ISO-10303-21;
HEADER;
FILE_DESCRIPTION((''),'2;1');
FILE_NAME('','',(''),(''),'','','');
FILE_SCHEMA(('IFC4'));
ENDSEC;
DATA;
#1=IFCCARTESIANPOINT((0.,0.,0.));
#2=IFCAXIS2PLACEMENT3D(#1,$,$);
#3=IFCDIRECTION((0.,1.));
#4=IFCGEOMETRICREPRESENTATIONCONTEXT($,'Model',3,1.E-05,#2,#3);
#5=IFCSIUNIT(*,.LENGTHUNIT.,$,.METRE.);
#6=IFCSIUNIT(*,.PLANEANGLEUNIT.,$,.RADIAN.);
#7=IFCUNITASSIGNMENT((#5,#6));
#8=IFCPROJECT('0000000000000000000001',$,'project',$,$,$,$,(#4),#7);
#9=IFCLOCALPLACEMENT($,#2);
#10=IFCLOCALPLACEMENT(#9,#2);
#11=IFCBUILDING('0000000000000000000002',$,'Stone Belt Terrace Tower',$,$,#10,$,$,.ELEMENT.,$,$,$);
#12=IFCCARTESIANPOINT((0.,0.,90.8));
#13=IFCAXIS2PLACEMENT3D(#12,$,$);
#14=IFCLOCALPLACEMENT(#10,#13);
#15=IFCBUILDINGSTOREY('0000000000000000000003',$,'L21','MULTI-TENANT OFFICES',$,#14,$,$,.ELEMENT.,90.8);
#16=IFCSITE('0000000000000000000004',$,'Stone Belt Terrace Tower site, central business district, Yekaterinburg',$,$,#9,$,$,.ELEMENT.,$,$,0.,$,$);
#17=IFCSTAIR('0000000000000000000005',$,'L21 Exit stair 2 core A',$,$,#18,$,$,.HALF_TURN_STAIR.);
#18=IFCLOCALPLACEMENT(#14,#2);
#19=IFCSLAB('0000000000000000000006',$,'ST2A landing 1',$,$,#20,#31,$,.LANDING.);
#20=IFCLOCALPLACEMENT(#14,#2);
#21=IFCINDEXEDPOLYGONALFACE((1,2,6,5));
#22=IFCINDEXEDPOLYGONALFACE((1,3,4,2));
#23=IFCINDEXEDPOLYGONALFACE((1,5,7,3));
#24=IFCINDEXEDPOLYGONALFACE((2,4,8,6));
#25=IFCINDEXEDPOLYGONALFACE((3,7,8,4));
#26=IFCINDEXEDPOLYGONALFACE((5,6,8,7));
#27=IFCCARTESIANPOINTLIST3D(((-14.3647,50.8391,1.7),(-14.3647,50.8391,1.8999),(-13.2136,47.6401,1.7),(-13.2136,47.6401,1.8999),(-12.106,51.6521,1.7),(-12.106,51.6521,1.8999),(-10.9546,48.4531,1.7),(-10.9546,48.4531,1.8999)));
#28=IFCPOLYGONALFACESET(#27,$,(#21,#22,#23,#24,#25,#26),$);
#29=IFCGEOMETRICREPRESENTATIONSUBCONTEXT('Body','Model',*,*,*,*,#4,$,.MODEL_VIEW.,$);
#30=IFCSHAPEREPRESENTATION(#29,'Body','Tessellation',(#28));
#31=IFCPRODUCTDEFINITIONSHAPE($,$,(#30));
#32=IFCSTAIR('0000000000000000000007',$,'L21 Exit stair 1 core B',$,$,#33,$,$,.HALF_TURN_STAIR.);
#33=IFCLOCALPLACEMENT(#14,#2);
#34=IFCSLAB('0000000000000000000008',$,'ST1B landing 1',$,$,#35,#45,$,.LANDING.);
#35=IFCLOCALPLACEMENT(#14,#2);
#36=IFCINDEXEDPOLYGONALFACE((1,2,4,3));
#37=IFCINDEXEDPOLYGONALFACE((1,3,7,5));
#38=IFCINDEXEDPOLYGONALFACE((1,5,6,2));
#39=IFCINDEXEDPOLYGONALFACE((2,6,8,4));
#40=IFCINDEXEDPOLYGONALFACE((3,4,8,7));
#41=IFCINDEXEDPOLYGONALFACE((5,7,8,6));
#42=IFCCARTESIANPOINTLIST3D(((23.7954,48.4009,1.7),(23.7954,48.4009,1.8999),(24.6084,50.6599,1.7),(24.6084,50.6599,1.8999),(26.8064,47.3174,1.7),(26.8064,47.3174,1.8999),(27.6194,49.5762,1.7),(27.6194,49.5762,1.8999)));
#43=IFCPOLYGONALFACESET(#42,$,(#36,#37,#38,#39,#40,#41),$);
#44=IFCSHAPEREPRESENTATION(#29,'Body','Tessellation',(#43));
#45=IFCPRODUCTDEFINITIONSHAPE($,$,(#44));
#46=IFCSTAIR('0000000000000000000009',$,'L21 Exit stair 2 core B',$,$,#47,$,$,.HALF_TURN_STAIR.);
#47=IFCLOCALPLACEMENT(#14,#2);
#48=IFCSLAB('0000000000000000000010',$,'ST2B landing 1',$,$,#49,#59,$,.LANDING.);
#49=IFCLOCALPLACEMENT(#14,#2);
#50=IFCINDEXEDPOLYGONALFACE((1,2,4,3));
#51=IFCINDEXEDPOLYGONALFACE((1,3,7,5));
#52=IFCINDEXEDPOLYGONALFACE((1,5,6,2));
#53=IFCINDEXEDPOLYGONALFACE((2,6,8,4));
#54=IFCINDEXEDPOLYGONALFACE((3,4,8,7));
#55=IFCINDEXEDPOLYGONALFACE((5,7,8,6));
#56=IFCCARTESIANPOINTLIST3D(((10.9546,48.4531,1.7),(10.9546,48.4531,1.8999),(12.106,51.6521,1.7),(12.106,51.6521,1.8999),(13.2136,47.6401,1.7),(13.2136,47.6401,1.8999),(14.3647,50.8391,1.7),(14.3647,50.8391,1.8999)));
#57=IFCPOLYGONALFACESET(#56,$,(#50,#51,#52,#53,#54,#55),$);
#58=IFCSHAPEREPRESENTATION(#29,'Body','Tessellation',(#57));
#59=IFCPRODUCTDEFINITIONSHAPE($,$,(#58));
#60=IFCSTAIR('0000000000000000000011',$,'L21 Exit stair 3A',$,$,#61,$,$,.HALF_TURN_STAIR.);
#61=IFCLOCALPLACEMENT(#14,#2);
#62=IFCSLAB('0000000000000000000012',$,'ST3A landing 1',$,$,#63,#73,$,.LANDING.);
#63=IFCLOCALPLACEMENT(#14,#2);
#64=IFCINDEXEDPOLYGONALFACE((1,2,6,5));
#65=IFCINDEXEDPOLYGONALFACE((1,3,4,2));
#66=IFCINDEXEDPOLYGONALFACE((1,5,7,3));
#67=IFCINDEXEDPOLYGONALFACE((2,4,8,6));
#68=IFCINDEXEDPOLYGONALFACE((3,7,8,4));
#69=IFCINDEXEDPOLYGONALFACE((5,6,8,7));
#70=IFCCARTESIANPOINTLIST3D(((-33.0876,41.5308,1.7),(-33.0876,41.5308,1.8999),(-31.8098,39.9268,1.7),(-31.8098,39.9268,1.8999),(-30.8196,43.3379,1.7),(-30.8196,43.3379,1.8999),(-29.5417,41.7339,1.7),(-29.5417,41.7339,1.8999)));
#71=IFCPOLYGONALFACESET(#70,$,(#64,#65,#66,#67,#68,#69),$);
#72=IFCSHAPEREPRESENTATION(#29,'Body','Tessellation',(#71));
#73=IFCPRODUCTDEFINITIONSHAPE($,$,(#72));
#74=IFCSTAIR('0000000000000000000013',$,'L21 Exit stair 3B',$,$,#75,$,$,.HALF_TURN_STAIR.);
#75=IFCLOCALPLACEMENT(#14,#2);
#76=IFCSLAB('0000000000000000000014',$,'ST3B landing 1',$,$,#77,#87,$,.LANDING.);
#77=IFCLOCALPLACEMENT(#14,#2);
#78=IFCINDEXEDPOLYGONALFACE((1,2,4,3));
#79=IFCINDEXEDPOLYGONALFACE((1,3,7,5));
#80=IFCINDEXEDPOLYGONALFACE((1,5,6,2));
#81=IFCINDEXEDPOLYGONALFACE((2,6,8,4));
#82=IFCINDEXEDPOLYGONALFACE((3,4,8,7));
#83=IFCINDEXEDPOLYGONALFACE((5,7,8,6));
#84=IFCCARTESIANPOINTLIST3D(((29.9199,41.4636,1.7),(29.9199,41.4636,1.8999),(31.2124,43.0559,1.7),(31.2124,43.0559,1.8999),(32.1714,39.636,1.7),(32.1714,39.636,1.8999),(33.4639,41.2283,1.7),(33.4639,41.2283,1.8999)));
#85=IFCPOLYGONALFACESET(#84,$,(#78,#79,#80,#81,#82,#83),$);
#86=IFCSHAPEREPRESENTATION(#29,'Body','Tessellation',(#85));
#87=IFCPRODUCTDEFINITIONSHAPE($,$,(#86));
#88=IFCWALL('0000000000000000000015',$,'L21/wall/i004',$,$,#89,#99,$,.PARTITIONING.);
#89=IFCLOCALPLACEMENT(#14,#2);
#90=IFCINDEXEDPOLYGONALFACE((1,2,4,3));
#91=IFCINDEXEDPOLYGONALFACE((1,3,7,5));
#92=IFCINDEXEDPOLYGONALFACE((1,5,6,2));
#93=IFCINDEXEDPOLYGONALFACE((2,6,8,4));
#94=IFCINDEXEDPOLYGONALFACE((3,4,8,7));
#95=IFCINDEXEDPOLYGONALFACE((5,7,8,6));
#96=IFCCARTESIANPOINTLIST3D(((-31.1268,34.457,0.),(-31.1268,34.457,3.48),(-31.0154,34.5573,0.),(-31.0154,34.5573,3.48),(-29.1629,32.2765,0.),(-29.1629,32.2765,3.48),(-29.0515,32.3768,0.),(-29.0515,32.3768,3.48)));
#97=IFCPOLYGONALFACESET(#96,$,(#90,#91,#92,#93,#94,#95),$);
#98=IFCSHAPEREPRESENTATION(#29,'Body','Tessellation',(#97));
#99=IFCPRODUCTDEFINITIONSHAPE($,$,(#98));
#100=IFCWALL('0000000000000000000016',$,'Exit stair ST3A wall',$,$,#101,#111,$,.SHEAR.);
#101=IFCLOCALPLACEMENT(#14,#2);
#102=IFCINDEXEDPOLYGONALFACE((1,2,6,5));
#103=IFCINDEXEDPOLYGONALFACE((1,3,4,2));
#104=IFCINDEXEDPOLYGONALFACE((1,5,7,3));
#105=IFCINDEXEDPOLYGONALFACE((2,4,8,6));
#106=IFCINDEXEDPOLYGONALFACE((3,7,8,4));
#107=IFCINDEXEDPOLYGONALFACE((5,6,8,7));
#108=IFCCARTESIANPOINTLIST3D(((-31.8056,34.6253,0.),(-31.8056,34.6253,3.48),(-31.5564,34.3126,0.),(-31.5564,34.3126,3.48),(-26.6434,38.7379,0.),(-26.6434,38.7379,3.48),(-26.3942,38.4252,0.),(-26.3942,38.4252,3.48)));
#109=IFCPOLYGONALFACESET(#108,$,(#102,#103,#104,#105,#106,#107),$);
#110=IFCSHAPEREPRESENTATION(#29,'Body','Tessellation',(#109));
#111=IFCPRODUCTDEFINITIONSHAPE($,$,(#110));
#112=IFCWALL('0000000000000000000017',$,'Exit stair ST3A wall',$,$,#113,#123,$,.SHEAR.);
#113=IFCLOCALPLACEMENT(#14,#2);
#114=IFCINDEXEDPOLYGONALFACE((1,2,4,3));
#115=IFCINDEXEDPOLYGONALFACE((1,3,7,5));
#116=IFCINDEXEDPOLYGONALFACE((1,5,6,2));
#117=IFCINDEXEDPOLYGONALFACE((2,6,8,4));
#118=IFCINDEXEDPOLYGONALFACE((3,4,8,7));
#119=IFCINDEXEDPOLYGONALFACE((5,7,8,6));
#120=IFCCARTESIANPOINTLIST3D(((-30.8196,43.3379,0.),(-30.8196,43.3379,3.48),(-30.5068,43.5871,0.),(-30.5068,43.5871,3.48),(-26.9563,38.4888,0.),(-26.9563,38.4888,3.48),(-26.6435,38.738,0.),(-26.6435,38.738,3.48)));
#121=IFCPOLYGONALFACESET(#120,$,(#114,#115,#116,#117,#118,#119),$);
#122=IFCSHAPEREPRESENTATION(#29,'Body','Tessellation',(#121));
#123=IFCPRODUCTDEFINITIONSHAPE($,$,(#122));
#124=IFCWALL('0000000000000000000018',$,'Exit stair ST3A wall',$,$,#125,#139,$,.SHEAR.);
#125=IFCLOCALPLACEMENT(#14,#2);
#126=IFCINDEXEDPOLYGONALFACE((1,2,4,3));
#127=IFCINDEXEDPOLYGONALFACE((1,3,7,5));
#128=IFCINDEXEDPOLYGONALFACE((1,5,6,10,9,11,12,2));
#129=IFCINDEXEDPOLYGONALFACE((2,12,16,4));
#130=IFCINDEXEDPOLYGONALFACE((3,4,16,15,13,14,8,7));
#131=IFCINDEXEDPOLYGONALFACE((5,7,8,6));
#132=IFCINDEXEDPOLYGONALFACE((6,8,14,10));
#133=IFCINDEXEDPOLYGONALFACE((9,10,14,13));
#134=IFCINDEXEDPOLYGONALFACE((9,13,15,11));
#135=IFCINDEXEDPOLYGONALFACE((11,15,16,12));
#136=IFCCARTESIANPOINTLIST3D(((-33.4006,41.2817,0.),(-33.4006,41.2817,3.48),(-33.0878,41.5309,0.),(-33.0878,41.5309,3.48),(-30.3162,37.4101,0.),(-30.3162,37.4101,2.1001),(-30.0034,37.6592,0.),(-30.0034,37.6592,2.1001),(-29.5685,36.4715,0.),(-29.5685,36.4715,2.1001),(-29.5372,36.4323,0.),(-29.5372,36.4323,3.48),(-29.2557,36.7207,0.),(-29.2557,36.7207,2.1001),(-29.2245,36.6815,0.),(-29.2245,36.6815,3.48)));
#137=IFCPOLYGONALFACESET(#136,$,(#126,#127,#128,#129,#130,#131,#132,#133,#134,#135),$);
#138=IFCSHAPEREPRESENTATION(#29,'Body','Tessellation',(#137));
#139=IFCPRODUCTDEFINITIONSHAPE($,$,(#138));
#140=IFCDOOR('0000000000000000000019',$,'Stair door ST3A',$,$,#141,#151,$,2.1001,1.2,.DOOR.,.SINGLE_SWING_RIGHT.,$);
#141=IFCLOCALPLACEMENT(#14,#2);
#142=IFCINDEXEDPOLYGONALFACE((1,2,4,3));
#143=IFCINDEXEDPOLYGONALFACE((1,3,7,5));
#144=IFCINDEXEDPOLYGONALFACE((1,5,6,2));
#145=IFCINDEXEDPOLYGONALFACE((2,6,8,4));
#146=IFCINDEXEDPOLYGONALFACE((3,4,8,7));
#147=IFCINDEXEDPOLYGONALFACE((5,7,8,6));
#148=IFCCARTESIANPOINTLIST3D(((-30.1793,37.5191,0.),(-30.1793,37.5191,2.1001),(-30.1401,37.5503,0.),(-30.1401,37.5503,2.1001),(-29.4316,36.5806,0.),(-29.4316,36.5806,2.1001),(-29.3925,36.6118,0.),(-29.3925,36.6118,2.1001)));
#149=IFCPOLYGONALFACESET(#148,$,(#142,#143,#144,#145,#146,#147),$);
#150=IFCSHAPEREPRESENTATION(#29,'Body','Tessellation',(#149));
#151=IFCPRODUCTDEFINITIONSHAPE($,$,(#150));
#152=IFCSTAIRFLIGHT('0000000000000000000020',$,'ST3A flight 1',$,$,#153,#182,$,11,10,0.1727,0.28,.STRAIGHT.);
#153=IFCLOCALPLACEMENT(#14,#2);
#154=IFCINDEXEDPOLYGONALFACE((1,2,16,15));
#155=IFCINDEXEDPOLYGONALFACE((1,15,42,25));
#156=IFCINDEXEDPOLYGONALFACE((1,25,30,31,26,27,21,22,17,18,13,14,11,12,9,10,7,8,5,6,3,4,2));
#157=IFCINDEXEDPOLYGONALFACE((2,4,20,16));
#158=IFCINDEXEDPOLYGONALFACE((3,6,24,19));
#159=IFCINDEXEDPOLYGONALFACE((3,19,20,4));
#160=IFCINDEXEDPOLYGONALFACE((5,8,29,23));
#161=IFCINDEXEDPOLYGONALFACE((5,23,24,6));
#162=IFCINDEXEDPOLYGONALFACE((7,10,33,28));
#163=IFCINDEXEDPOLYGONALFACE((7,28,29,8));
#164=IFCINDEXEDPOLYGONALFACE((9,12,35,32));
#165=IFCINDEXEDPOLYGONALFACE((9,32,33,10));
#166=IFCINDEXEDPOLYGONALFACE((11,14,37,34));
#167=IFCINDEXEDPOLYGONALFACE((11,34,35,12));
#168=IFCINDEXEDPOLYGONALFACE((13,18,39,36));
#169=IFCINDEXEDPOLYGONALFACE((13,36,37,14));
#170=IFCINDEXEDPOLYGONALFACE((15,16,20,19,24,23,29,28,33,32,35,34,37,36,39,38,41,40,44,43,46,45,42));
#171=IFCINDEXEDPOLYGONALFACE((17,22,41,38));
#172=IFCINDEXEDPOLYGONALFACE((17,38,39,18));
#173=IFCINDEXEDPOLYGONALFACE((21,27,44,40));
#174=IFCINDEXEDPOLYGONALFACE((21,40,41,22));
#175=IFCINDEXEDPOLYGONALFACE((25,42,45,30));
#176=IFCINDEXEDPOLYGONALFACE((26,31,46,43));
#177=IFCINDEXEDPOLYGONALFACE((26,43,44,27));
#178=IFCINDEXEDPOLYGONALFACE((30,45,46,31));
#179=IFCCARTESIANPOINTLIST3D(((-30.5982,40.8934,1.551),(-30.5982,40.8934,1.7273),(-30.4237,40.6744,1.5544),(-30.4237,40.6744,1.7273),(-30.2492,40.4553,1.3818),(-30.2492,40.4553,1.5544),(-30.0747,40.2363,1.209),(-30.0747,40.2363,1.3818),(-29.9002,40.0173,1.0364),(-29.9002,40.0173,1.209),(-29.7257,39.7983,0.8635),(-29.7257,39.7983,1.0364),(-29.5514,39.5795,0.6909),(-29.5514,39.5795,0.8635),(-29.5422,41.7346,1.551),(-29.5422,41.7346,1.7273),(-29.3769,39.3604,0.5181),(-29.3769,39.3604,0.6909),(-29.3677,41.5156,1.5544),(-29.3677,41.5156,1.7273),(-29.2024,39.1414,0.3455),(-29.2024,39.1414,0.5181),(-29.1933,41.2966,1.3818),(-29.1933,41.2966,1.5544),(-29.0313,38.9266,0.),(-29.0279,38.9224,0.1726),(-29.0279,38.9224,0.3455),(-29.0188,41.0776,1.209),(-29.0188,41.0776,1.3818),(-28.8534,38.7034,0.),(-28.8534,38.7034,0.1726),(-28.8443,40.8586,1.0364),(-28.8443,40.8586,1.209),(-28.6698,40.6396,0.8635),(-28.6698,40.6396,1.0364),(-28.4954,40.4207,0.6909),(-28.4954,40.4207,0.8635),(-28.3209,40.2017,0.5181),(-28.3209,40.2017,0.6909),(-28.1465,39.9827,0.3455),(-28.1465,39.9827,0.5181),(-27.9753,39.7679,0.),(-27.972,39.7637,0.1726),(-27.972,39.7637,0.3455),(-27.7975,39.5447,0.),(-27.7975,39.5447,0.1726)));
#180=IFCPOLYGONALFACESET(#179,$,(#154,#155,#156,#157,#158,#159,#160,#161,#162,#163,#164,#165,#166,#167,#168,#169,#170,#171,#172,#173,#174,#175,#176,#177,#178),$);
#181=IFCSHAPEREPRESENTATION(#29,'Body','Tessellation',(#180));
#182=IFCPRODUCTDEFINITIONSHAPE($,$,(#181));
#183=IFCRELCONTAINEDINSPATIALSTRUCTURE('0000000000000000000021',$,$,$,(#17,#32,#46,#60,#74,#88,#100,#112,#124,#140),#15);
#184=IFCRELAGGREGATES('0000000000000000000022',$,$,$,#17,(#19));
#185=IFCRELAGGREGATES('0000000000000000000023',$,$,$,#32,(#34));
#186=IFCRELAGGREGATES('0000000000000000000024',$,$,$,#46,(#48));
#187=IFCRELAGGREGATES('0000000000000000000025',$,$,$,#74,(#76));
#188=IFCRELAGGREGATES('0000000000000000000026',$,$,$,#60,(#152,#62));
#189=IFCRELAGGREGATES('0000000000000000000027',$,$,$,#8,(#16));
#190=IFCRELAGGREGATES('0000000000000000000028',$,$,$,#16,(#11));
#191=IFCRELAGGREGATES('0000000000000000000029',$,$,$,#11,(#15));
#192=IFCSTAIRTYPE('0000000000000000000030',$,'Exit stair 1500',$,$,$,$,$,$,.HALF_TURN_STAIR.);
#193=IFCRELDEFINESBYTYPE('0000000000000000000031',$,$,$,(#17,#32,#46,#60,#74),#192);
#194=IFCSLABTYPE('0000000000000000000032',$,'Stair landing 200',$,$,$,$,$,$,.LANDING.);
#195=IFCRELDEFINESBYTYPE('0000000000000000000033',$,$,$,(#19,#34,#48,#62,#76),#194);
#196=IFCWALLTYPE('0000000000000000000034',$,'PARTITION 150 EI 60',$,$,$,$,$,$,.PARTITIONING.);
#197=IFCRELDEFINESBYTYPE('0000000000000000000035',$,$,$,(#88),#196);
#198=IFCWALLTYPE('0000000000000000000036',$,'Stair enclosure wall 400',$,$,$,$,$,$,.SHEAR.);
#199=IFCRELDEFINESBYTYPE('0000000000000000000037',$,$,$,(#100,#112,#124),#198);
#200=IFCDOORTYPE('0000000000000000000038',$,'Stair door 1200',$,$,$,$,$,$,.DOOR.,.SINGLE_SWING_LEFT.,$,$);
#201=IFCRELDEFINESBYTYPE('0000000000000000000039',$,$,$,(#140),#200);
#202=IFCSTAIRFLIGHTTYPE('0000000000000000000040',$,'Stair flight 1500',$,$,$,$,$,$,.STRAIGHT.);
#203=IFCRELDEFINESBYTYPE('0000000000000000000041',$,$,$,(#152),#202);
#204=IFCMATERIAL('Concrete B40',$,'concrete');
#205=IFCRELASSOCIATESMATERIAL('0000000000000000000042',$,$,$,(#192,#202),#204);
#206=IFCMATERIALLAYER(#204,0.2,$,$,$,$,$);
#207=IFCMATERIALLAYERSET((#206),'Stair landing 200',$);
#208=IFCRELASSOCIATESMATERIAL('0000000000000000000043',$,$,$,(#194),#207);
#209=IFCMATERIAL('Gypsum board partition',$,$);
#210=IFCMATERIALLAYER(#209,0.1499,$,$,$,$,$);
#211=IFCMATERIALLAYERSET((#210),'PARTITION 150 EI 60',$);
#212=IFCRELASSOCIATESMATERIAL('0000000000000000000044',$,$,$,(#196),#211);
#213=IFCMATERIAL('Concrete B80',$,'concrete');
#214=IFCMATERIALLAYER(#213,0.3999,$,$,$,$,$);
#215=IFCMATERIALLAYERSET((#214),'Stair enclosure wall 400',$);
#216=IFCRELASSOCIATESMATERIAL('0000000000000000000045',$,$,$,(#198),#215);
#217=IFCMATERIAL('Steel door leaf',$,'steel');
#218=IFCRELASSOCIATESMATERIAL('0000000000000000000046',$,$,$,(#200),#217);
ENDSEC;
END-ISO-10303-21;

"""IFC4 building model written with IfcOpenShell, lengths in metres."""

from ifc_helpers import new_model, si_unit, direction, frame, frame_2d, origin, place, context, subcontext, project, spatial, polyline, rectangle, outline, extrude, material, layer, layer_set, type_object, element, fill, aggregate, save


model = new_model("IFC4")

# Units and contexts
model_context = context("Model", 3, precision=1e-05, world=origin(), true_north=direction((0.0, 1.0)))
body_context = subcontext(model_context, "Body", "Model", "MODEL_VIEW")
ifc_project = project(units=[si_unit("LENGTHUNIT", "METRE"), si_unit("PLANEANGLEUNIT", "RADIAN")], contexts=[model_context])

# Site, building, storey
site_placement = place(None, origin())
site = spatial("IfcSite", under=ifc_project, at=site_placement, Name="Stone Belt Terrace Tower site, central business district, Yekaterinburg", CompositionType="ELEMENT", RefElevation=0.0)
building_placement = place(site_placement, origin())
building = spatial("IfcBuilding", under=site, at=building_placement, Name="Stone Belt Terrace Tower", CompositionType="ELEMENT")
storey_placement = place(building_placement, frame((0.0, 0.0, 90.8)))
storey = spatial("IfcBuildingStorey", under=building, at=storey_placement, Name="L21", Description="MULTI-TENANT OFFICES", CompositionType="ELEMENT", Elevation=90.8)

# Shared definitions
ifc_material_1 = material(Name="Concrete B80", Category="concrete")

# Shared definitions
ifc_material_2 = material(Name="Concrete B40", Category="concrete")

# Stairs, slabs
stair_type = type_object("IfcStairType", Name="Exit stair 1500", PredefinedType="HALF_TURN_STAIR", material=ifc_material_2)
ifc_layer_1 = layer(ifc_material_2, 0.2)
ifc_layer_set_1 = layer_set([ifc_layer_1], Name="Stair landing 200")
slab_type_1 = type_object("IfcSlabType", Name="Stair landing 200", PredefinedType="LANDING", material=ifc_layer_set_1)
stair_1_placement = place(storey_placement, origin())
stair_1 = element("IfcStair", 1, at=stair_1_placement, inside=storey, type_object=stair_type, Name="L21 Exit stair 2 core A", PredefinedType="HALF_TURN_STAIR")
slab_1_placement = place(storey_placement, frame((0.0, 0.0, 1.7)))
slab_1 = element("IfcSlab", 2, at=slab_1_placement, type_object=slab_type_1, Name="ST2A landing 1", PredefinedType="LANDING", context=body_context, shape_type="SweptSolid", body=[
    extrude(outline(polyline([(-13.2136, 47.6401), (-10.9546, 48.4531), (-12.106, 51.6521), (-14.3647, 50.8391), (-13.2136, 47.6401)])), origin(), (0.0, 0.0, 1.0), 0.2),
])
aggregate(stair_1, [slab_1])
stair_2_placement = place(storey_placement, origin())
stair_2 = element("IfcStair", 3, at=stair_2_placement, inside=storey, type_object=stair_type, Name="L21 Exit stair 1 core B", PredefinedType="HALF_TURN_STAIR")
slab_2_placement = place(storey_placement, frame((0.0, 0.0, 1.7)))
slab_2 = element("IfcSlab", 4, at=slab_2_placement, type_object=slab_type_1, Name="ST1B landing 1", PredefinedType="LANDING", context=body_context, shape_type="SweptSolid", body=[
    extrude(outline(polyline([(26.8064, 47.3174), (27.6194, 49.5762), (24.6084, 50.6599), (23.7954, 48.4009), (26.8064, 47.3174)])), origin(), (0.0, 0.0, 1.0), 0.2),
])
aggregate(stair_2, [slab_2])
stair_3_placement = place(storey_placement, origin())
stair_3 = element("IfcStair", 5, at=stair_3_placement, inside=storey, type_object=stair_type, Name="L21 Exit stair 2 core B", PredefinedType="HALF_TURN_STAIR")
slab_3_placement = place(storey_placement, frame((0.0, 0.0, 1.7)))
slab_3 = element("IfcSlab", 6, at=slab_3_placement, type_object=slab_type_1, Name="ST2B landing 1", PredefinedType="LANDING", context=body_context, shape_type="SweptSolid", body=[
    extrude(outline(polyline([(14.3647, 50.8391), (12.106, 51.6521), (10.9546, 48.4531), (13.2136, 47.6401), (14.3647, 50.8391)])), origin(), (0.0, 0.0, 1.0), 0.2),
])
aggregate(stair_3, [slab_3])
stair_4_placement = place(storey_placement, origin())
stair_4 = element("IfcStair", 7, at=stair_4_placement, inside=storey, type_object=stair_type, Name="L21 Exit stair 3A", PredefinedType="HALF_TURN_STAIR")
slab_4_placement = place(storey_placement, frame((0.0, 0.0, 1.7)))
slab_4 = element("IfcSlab", 8, at=slab_4_placement, type_object=slab_type_1, Name="ST3A landing 1", PredefinedType="LANDING", context=body_context, shape_type="SweptSolid", body=[
    extrude(outline(polyline([(-29.5417, 41.7339), (-30.8196, 43.3379), (-33.0876, 41.5308), (-31.8098, 39.9268), (-29.5417, 41.7339)])), origin(), (0.0, 0.0, 1.0), 0.2),
])
stair_5_placement = place(storey_placement, origin())
stair_5 = element("IfcStair", 9, at=stair_5_placement, inside=storey, type_object=stair_type, Name="L21 Exit stair 3B", PredefinedType="HALF_TURN_STAIR")
slab_5_placement = place(storey_placement, frame((0.0, 0.0, 1.7)))
slab_5 = element("IfcSlab", 10, at=slab_5_placement, type_object=slab_type_1, Name="ST3B landing 1", PredefinedType="LANDING", context=body_context, shape_type="SweptSolid", body=[
    extrude(outline(polyline([(32.1714, 39.636), (33.4639, 41.2283), (31.2124, 43.0559), (29.9199, 41.4636), (32.1714, 39.636)])), origin(), (0.0, 0.0, 1.0), 0.2),
])
aggregate(stair_5, [slab_5])

# Walls
ifc_material_3 = material(Name="Gypsum board partition")
ifc_layer_2 = layer(ifc_material_3, 0.1499)
ifc_layer_set_2 = layer_set([ifc_layer_2], Name="PARTITION 150 EI 60")
wall_type_1 = type_object("IfcWallType", Name="PARTITION 150 EI 60", PredefinedType="PARTITIONING", material=ifc_layer_set_2)
wall_1_placement = place(storey_placement, frame((-29.1072, 32.3267, 0.0), z_axis=(0.0, 0.0, 1.0), x_axis=(-0.669245, 0.743042, 0.0)))
element("IfcWall", 11, at=wall_1_placement, inside=storey, type_object=wall_type_1, Name="L21/wall/i004", PredefinedType="PARTITIONING", context=body_context, shape_type="SweptSolid", body=[
    extrude(rectangle(XDim=2.9346, YDim=0.1499, at=frame_2d((1.4673, 0.0))), origin(), (0.0, 0.0, 1.0), 3.48),
])
ifc_layer_3 = layer(ifc_material_1, 0.3999)
ifc_layer_set_3 = layer_set([ifc_layer_3], Name="Stair enclosure wall 400")
wall_type_2 = type_object("IfcWallType", Name="Stair enclosure wall 400", PredefinedType="SHEAR", material=ifc_layer_set_3)
wall_2_placement = place(storey_placement, frame((-26.5188, 38.5815, 0.0), z_axis=(0.0, 0.0, 1.0), x_axis=(-0.782134, -0.62311, 0.0)))
element("IfcWall", 12, at=wall_2_placement, inside=storey, type_object=wall_type_2, Name="Exit stair ST3A wall", PredefinedType="SHEAR", context=body_context, shape_type="SweptSolid", body=[
    extrude(rectangle(XDim=6.6001, YDim=0.3999, at=frame_2d((3.3, 0.0))), origin(), (0.0, 0.0, 1.0), 3.48),
])
wall_3_placement = place(storey_placement, frame((-26.7998, 38.6133, 0.0), z_axis=(0.0, 0.0, 1.0), x_axis=(-0.623119, 0.782127, 0.0)))
element("IfcWall", 13, at=wall_3_placement, inside=storey, type_object=wall_type_2, Name="Exit stair ST3A wall", PredefinedType="SHEAR", context=body_context, shape_type="SweptSolid", body=[
    extrude(rectangle(XDim=6.2, YDim=0.3999, at=frame_2d((3.1001, 0.0))), origin(), (0.0, 0.0, 1.0), 3.48),
])

# Wall, opening, door
wall_4_placement = place(storey_placement, frame((-29.3809, 36.5569, 0.0), z_axis=(0.0, 0.0, 1.0), x_axis=(-0.623099, 0.782143, 0.0)))
wall_4 = element("IfcWall", 14, at=wall_4_placement, inside=storey, type_object=wall_type_2, Name="Exit stair ST3A wall", PredefinedType="SHEAR", context=body_context, shape_type="SweptSolid", body=[
    extrude(rectangle(XDim=6.2002, YDim=0.3999, at=frame_2d((3.1001, 0.0))), origin(), (0.0, 0.0, 1.0), 3.48),
])
opening_placement = place(wall_4_placement, frame((0.05, 0.0, 0.0)))
opening = element("IfcOpeningElement", 15, at=opening_placement, cuts=wall_4, PredefinedType="OPENING", context=body_context, shape_type="SweptSolid", body=[
    extrude(rectangle(XDim=1.2, YDim=2.1001, at=frame_2d((0.6001, 1.05))), frame((0.0, 0.21, 0.0), z_axis=(0.0, -1.0, 0.0), x_axis=(1.0, 0.0, 0.0)), (0.0, 0.0, 1.0), 0.4199),
])
ifc_material_4 = material(Name="Steel door leaf", Category="steel")
door_type = type_object("IfcDoorType", Name="Stair door 1200", OperationType="SINGLE_SWING_LEFT", PredefinedType="DOOR", material=ifc_material_4)
door_placement = place(opening_placement, origin())
door = element("IfcDoor", 16, at=door_placement, inside=storey, type_object=door_type, Name="Stair door ST3A", OperationType="SINGLE_SWING_RIGHT", OverallHeight=2.1001, OverallWidth=1.2, PredefinedType="DOOR", context=body_context, shape_type="SweptSolid", body=[
    extrude(rectangle(XDim=1.2, YDim=2.1001, at=frame_2d((0.6001, 1.05))), frame((0.0, 0.0249, 0.0), z_axis=(0.0, -1.0, 0.0), x_axis=(1.0, 0.0, 0.0)), (0.0, 0.0, 1.0), 0.05),
])
fill(opening, door)

# Stair flight
stair_flight_type = type_object("IfcStairFlightType", Name="Stair flight 1500", PredefinedType="STRAIGHT", material=ifc_material_2)
stair_flight_placement = place(storey_placement, frame((-28.3254, 39.124, 0.0), z_axis=(0.0, 0.0, 1.0), x_axis=(-0.623121, 0.782125, 0.0)))
stair_flight = element("IfcStairFlight", 17, at=stair_flight_placement, type_object=stair_flight_type, Name="ST3A flight 1", NumberOfRisers=11, NumberOfTreads=10, PredefinedType="STRAIGHT", RiserHeight=0.1727, TreadLength=0.28, context=body_context, shape_type="SweptSolid", body=[
    extrude(outline(polyline([(0.0, 0.0), (0.0, 0.1726), (0.28, 0.1726), (0.28, 0.3455), (0.5601, 0.3455), (0.5601, 0.5181), (0.8401, 0.5181), (0.8401, 0.6909), (1.1201, 0.6909), (1.1201, 0.8635), (1.3999, 0.8635), (1.3999, 1.0364), (1.6799, 1.0364), (1.6799, 1.209), (1.96, 1.209), (1.96, 1.3818), (2.24, 1.3818), (2.24, 1.5544), (2.52, 1.5544), (2.52, 1.7273), (2.8, 1.7273), (2.8, 1.8999), (2.8, 1.551), (0.2854, 0.0), (0.0, 0.0)])), frame((0.0, 0.675, 0.0), z_axis=(0.0, -1.0, 0.0), x_axis=(1.0, 0.0, 0.0)), (0.0, 0.0, 1.0), 1.3501),
])
aggregate(stair_4, [stair_flight, slab_4])

save(model, "model.ifc")
